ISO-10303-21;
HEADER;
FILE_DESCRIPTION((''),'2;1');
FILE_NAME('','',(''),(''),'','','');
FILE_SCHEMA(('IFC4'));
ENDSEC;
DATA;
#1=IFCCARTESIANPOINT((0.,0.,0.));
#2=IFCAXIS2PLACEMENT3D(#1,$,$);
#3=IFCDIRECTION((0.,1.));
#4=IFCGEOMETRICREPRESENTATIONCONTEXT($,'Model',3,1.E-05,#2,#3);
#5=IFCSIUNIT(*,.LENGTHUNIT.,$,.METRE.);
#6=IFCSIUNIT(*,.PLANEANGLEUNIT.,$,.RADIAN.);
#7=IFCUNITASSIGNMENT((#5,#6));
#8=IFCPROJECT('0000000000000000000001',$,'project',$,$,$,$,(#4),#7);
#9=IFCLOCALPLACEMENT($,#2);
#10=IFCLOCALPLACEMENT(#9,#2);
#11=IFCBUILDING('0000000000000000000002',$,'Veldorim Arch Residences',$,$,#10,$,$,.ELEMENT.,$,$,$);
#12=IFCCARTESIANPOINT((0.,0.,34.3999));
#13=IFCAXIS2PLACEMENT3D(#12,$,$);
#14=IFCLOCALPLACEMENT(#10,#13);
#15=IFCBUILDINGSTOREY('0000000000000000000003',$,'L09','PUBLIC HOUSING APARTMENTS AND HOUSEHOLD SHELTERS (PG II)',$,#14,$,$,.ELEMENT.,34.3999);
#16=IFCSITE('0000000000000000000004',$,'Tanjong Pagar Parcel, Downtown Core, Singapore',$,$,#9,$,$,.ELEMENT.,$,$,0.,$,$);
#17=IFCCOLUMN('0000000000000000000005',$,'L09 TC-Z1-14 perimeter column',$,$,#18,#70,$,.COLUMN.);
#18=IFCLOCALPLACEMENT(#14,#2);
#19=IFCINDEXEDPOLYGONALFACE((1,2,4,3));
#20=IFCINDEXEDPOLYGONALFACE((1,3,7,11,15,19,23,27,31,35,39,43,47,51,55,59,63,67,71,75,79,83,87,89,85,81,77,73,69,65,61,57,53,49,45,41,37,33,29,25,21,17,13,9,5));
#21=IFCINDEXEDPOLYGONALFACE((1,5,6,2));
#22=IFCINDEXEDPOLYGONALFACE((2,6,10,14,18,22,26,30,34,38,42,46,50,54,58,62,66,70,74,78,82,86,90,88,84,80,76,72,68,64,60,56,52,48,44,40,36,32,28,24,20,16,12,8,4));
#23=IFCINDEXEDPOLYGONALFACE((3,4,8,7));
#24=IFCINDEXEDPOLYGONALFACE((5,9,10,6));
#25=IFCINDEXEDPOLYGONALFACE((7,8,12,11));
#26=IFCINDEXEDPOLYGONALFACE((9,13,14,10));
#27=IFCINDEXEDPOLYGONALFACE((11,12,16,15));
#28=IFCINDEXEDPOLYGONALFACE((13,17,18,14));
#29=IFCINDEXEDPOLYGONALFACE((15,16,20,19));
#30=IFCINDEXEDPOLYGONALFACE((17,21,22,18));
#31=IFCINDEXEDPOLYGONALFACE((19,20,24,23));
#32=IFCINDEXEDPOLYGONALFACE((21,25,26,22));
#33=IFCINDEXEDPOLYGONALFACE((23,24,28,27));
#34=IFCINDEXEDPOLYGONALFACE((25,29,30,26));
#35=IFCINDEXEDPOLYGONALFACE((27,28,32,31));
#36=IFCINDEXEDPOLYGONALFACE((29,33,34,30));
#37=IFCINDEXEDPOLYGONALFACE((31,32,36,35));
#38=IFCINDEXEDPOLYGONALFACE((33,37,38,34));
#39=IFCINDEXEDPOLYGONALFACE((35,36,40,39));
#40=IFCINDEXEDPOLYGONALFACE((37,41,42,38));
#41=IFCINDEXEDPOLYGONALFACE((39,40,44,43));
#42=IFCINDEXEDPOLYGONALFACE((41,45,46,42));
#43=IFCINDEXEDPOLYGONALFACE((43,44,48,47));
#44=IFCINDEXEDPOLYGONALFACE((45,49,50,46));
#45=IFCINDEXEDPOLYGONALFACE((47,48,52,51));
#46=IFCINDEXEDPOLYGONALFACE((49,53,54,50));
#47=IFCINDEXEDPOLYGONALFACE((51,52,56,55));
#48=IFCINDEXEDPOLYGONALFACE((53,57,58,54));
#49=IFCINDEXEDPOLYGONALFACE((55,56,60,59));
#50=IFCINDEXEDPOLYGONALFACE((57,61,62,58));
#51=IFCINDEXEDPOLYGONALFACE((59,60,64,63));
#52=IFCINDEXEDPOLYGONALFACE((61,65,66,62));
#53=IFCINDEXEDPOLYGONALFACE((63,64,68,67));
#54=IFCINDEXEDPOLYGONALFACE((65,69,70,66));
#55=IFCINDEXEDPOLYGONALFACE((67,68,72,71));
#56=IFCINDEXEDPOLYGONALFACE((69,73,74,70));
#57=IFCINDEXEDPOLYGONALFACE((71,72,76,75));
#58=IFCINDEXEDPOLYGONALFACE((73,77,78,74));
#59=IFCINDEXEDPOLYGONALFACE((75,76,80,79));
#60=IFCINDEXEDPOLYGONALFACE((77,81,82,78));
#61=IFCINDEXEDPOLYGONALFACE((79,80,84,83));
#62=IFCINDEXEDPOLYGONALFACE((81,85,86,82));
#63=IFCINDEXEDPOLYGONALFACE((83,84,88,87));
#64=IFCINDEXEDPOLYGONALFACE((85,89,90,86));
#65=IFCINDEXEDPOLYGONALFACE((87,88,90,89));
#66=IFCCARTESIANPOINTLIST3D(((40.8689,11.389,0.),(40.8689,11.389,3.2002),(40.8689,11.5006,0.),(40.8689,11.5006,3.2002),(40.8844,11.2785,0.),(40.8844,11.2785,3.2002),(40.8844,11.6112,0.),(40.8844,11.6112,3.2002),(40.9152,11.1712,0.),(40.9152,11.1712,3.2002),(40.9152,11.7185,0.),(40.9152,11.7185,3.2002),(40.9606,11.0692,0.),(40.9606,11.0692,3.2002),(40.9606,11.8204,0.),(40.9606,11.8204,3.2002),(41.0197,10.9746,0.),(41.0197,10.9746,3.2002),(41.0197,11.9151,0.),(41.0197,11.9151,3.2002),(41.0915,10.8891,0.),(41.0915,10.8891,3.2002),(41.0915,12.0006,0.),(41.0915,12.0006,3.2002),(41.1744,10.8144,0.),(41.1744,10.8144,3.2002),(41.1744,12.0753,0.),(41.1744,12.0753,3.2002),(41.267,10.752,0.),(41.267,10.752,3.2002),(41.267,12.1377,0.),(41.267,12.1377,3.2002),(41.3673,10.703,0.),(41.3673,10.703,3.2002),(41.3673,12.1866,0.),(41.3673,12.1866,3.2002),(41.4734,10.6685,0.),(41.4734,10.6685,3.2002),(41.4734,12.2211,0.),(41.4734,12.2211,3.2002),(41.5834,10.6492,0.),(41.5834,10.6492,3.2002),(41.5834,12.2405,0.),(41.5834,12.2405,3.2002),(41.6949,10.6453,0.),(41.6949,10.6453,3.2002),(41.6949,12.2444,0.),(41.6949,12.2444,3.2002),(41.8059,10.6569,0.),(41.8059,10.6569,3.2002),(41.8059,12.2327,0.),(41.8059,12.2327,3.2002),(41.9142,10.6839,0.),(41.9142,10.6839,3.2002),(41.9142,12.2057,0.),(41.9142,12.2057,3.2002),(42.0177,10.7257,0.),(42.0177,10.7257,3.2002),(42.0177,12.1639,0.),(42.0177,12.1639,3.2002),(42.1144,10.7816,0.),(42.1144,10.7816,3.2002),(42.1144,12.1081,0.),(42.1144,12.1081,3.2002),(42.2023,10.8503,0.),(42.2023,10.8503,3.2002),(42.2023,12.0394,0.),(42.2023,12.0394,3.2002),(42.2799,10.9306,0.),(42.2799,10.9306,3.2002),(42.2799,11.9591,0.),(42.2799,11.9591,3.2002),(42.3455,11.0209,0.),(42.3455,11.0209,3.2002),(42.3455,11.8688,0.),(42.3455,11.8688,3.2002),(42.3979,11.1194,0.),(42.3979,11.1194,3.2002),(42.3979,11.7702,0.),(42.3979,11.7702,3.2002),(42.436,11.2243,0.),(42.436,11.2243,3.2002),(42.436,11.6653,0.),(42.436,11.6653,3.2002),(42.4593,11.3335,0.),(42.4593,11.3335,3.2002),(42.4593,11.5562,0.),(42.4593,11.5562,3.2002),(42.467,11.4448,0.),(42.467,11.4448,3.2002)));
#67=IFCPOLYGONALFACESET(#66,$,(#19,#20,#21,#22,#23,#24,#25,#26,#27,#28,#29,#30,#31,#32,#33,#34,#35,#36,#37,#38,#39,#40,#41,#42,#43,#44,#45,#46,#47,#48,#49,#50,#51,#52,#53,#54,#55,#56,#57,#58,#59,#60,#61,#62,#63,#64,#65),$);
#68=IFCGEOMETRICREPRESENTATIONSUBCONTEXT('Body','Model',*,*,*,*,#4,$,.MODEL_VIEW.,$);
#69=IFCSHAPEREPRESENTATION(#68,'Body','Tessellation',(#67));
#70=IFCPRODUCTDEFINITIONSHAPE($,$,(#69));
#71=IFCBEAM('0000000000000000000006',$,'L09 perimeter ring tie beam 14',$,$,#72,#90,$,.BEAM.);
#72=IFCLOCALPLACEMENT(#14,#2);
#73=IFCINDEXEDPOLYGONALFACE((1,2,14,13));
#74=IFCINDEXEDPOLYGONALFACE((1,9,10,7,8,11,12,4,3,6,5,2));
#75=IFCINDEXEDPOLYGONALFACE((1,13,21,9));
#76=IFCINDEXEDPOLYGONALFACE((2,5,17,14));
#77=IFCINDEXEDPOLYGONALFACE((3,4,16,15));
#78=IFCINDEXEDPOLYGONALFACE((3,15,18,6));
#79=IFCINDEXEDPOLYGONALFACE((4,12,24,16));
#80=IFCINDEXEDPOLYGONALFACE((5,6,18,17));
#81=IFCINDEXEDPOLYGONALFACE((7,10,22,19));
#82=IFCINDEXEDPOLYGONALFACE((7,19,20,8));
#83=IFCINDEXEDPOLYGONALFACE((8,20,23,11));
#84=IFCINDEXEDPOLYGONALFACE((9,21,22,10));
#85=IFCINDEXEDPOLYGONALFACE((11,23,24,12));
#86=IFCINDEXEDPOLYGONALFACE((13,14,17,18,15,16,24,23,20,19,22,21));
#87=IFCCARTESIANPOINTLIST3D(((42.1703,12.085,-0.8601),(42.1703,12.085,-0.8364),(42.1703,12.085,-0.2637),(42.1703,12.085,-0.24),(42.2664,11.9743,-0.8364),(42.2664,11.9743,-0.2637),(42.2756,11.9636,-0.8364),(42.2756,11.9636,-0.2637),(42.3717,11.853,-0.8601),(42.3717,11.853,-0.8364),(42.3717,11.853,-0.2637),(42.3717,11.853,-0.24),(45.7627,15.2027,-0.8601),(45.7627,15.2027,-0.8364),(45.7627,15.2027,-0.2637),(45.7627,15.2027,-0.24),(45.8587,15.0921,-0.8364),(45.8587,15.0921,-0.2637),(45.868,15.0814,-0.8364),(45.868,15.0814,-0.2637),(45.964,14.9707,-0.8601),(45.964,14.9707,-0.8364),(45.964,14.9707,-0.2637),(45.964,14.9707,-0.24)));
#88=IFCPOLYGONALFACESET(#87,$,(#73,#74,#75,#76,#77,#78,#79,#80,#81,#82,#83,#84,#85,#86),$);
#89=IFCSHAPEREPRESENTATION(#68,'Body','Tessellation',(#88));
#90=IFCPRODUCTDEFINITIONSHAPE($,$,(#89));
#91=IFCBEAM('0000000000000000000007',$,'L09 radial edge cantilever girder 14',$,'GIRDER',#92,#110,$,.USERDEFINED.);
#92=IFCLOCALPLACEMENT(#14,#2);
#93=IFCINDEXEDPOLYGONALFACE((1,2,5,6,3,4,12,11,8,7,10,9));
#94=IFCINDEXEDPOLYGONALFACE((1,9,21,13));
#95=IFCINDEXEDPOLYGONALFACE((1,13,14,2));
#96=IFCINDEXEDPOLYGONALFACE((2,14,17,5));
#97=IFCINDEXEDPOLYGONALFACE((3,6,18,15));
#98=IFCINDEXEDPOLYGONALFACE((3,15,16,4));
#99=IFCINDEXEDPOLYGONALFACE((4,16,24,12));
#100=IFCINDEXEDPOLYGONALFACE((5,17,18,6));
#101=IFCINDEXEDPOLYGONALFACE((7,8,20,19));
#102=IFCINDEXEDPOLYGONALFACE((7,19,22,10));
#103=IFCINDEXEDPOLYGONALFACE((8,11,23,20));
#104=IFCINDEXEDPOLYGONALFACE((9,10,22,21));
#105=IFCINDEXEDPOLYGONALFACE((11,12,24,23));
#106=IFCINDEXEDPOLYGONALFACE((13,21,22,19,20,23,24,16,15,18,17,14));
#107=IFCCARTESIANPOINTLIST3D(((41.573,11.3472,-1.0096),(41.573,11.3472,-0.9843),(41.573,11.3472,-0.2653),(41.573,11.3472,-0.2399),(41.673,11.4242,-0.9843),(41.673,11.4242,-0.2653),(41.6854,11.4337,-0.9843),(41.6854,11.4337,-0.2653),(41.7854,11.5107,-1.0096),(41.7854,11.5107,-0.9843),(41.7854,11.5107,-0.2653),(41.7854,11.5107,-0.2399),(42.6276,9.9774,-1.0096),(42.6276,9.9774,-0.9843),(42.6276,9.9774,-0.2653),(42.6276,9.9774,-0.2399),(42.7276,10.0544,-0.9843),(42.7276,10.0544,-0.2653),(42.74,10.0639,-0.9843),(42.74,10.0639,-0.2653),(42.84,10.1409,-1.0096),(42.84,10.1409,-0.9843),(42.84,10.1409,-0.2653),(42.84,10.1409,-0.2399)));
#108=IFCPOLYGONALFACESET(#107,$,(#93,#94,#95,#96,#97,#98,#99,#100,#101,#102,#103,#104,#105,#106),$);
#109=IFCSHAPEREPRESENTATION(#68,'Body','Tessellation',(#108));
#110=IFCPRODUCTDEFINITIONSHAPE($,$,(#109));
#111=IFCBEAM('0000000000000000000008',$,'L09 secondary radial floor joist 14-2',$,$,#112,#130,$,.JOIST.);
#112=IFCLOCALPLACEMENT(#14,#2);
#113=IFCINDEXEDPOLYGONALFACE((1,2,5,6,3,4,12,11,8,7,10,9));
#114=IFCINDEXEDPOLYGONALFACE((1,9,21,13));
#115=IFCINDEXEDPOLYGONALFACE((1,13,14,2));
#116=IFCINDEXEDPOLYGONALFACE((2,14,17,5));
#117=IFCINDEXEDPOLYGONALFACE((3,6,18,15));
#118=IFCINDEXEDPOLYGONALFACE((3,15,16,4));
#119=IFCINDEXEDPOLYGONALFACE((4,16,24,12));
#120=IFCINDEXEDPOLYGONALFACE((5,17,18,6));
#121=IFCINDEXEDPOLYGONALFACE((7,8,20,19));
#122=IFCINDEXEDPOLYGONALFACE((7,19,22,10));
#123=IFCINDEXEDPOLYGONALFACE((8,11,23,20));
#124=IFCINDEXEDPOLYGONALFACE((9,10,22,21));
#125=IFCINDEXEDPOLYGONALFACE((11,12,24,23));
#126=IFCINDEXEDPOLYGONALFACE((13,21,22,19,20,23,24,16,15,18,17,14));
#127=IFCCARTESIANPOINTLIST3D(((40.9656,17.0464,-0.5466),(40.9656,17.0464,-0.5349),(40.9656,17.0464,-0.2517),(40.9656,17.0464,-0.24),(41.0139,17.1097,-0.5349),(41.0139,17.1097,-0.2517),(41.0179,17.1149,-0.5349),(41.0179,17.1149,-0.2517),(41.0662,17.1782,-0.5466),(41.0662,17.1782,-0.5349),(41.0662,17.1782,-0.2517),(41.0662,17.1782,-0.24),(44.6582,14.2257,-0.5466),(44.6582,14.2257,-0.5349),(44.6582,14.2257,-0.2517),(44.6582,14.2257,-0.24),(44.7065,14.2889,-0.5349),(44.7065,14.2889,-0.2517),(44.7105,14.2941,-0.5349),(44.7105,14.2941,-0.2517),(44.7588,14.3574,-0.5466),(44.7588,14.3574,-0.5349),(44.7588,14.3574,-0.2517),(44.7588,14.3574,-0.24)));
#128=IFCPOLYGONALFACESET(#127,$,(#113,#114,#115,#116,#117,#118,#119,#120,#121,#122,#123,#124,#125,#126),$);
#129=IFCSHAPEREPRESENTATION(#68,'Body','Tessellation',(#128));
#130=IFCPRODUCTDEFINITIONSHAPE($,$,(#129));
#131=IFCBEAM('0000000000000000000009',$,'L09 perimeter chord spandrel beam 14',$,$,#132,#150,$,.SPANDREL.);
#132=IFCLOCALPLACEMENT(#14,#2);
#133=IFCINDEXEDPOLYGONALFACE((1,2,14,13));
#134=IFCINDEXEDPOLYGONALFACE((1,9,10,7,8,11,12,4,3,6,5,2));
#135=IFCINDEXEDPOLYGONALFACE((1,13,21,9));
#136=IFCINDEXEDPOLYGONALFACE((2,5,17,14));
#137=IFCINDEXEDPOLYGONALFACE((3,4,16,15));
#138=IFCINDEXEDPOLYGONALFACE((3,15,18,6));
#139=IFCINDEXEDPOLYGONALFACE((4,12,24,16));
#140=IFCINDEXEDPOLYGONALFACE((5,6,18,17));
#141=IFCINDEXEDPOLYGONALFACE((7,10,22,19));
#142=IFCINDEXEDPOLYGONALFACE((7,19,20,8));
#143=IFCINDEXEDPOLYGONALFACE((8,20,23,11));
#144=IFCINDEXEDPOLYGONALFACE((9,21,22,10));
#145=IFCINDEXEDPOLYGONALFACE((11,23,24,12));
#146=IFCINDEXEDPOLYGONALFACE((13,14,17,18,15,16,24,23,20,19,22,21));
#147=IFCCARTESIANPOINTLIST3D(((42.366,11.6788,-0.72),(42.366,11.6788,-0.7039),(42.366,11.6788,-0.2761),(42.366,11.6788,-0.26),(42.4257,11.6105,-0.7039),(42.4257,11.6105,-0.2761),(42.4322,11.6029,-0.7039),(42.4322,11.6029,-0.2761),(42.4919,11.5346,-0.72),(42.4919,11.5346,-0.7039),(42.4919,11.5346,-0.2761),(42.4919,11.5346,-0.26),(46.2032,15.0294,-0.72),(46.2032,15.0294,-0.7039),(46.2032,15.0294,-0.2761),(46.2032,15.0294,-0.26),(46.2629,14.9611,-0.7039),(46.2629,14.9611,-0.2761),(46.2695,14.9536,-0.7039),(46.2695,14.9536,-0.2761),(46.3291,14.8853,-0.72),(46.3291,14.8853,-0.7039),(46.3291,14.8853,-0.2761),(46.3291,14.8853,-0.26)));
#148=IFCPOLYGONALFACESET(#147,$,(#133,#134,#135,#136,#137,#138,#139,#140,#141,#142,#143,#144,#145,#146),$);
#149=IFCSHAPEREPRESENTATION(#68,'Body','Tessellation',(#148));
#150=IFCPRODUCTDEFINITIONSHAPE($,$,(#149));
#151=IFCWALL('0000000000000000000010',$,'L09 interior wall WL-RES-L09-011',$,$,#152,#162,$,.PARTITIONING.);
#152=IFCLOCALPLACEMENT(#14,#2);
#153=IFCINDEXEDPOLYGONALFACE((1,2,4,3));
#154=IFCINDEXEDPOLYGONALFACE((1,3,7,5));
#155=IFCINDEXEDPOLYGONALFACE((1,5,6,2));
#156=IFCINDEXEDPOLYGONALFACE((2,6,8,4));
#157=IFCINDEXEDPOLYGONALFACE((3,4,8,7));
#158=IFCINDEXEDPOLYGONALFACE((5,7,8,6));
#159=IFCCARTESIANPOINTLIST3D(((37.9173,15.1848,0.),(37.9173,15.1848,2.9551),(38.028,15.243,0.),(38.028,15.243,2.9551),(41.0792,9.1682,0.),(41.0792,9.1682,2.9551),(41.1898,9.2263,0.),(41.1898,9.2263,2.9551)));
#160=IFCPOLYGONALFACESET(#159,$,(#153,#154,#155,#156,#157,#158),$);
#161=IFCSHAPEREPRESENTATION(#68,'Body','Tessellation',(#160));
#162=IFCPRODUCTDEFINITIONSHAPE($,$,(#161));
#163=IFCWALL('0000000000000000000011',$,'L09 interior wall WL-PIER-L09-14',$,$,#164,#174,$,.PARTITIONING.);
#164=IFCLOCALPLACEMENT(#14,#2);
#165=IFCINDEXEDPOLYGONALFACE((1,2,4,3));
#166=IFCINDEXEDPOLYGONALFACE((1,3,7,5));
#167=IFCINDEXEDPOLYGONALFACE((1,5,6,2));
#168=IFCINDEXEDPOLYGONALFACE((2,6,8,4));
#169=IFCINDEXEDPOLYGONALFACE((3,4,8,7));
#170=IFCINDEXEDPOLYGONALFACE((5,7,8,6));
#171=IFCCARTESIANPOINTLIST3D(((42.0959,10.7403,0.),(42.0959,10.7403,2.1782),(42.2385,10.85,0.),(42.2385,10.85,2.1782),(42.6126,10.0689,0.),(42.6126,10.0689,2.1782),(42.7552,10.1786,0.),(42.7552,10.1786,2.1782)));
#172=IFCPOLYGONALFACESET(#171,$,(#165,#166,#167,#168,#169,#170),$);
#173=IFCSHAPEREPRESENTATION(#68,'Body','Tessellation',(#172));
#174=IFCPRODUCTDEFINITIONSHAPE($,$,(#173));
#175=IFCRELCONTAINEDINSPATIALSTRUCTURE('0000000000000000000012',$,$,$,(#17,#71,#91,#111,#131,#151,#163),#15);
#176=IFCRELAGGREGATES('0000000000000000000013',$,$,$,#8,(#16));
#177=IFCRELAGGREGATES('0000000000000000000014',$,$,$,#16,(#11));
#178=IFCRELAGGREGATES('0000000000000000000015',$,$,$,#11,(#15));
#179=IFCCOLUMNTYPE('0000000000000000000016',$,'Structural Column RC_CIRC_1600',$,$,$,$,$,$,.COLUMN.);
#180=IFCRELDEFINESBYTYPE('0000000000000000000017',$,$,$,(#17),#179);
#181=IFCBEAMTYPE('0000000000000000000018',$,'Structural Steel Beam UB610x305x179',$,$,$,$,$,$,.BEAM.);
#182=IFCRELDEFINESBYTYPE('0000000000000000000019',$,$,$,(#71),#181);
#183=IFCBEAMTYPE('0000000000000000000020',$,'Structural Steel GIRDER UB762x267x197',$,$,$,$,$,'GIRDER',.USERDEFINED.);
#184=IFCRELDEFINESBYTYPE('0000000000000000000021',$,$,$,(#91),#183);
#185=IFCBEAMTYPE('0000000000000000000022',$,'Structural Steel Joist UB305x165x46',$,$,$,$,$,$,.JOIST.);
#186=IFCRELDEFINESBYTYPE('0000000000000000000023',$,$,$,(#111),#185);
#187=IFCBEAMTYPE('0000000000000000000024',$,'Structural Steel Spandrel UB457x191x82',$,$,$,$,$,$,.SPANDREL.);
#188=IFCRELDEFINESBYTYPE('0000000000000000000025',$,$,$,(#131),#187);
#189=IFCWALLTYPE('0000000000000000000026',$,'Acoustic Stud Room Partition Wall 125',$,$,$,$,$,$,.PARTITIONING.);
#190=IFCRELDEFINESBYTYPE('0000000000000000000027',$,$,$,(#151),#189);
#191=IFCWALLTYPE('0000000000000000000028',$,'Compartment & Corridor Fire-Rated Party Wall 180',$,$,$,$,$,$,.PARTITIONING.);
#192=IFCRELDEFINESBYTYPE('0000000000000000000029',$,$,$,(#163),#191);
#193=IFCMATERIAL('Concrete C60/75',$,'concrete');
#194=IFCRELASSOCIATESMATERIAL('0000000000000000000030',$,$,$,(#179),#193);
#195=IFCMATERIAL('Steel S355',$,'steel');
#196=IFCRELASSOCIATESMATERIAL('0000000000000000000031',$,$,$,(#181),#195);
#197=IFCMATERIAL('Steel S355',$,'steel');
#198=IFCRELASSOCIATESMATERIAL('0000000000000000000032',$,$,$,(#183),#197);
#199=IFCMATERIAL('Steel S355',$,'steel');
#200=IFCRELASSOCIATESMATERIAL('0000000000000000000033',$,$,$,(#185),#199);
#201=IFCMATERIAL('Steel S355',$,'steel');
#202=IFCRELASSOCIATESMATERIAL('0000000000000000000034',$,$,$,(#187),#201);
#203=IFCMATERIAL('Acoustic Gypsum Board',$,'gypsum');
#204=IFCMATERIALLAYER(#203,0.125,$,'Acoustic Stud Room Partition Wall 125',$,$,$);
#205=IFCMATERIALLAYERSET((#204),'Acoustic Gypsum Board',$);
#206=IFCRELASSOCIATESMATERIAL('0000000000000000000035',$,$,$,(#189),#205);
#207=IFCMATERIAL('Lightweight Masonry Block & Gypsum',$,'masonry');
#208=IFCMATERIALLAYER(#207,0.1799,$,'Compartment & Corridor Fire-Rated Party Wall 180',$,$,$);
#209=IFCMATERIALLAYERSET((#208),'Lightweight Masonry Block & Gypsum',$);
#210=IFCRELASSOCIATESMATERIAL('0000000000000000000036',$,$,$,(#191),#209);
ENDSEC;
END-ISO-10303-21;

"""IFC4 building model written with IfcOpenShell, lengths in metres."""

from ifc_helpers import new_model, si_unit, direction, frame, frame_2d, origin, origin_2d, place, context, subcontext, project, spatial, rectangle, circle, i_section, extrude, material, layer, layer_set, material_profile, profile_set, type_object, element, save


model = new_model("IFC4")

# Units and contexts
model_context = context("Model", 3, precision=1e-05, world=origin(), true_north=direction((0.0, 1.0)))
body_context = subcontext(model_context, "Body", "Model", "MODEL_VIEW")
ifc_project = project(units=[si_unit("LENGTHUNIT", "METRE"), si_unit("PLANEANGLEUNIT", "RADIAN")], contexts=[model_context])

# Site, building, storey
site_placement = place(None, origin())
site = spatial("IfcSite", under=ifc_project, at=site_placement, Name="Tanjong Pagar Parcel, Downtown Core, Singapore", CompositionType="ELEMENT", RefElevation=0.0)
building_placement = place(site_placement, origin())
building = spatial("IfcBuilding", under=site, at=building_placement, Name="Veldorim Arch Residences", CompositionType="ELEMENT")
storey_placement = place(building_placement, frame((0.0, 0.0, 34.3999)))
storey = spatial("IfcBuildingStorey", under=building, at=storey_placement, Name="L09", Description="PUBLIC HOUSING APARTMENTS AND HOUSEHOLD SHELTERS (PG II)", CompositionType="ELEMENT", Elevation=34.3999)

# Column
ifc_material_1 = material(Name="Concrete C60/75", Category="concrete")
ifc_material_profile_1 = material_profile(ifc_material_1, circle(Radius=0.8, at=origin_2d()), Name="RC_CIRC_1600")
ifc_profile_set_1 = profile_set([ifc_material_profile_1], Name="Concrete C60/75")
column_type = type_object("IfcColumnType", Name="Structural Column RC_CIRC_1600", PredefinedType="COLUMN", material=ifc_profile_set_1)
column_placement = place(storey_placement, frame((41.667, 11.4448, 0.0), z_axis=(0.0, 0.0, 1.0), x_axis=(1.0, 0.0, 0.0)))
element("IfcColumn", 1, at=column_placement, inside=storey, type_object=column_type, Name="L09 TC-Z1-14 perimeter column", PredefinedType="COLUMN", context=body_context, shape_type="SweptSolid", body=[
    extrude(circle(Radius=0.8, at=origin_2d()), origin(), (0.0, 0.0, 1.0), 3.2002),
])

# Beams
ifc_material_2 = material(Name="Steel S355", Category="steel")
ifc_material_profile_2 = material_profile(ifc_material_2, i_section(OverallWidth=0.3071, OverallDepth=0.6201, WebThickness=0.0142, FlangeThickness=0.0237, at=origin_2d()), Name="UB610x305x179")
ifc_profile_set_2 = profile_set([ifc_material_profile_2], Name="Steel S355")
beam_type_1 = type_object("IfcBeamType", Name="Structural Steel Beam UB610x305x179", PredefinedType="BEAM", material=ifc_profile_set_2)
beam_1_placement = place(storey_placement, frame((42.271, 11.969, -0.55), z_axis=(0.755235, 0.655454, 0.0), x_axis=(-0.655454, 0.755235, 0.0)))
element("IfcBeam", 2, at=beam_1_placement, inside=storey, type_object=beam_type_1, Name="L09 perimeter ring tie beam 14", PredefinedType="BEAM", context=body_context, shape_type="SweptSolid", body=[
    extrude(i_section(OverallWidth=0.3071, OverallDepth=0.6201, WebThickness=0.0142, FlangeThickness=0.0237, at=origin_2d()), origin(), (0.0, 0.0, 1.0), 4.7566),
])
ifc_material_3 = material(Name="Steel S355", Category="steel")
ifc_material_profile_3 = material_profile(ifc_material_3, i_section(OverallWidth=0.2681, OverallDepth=0.7698, WebThickness=0.0156, FlangeThickness=0.0254, at=origin_2d()), Name="UB762x267x197")
ifc_profile_set_3 = profile_set([ifc_material_profile_3], Name="Steel S355")
beam_type_2 = type_object("IfcBeamType", Name="Structural Steel GIRDER UB762x267x197", ElementType="GIRDER", PredefinedType="USERDEFINED", material=ifc_profile_set_3)
beam_2_placement = place(storey_placement, frame((41.6792, 11.429, -0.6248), z_axis=(0.610052, -0.792361, 0.0), x_axis=(0.792361, 0.610052, 0.0)))
element("IfcBeam", 3, at=beam_2_placement, inside=storey, type_object=beam_type_2, Name="L09 radial edge cantilever girder 14", ObjectType="GIRDER", PredefinedType="USERDEFINED", context=body_context, shape_type="SweptSolid", body=[
    extrude(i_section(OverallWidth=0.2681, OverallDepth=0.7698, WebThickness=0.0156, FlangeThickness=0.0254, at=origin_2d()), origin(), (0.0, 0.0, 1.0), 1.7288),
])
ifc_material_4 = material(Name="Steel S355", Category="steel")
ifc_material_profile_4 = material_profile(ifc_material_4, i_section(OverallWidth=0.1658, OverallDepth=0.3066, WebThickness=0.0066, FlangeThickness=0.0117, at=origin_2d()), Name="UB305x165x46")
ifc_profile_set_4 = profile_set([ifc_material_profile_4], Name="Steel S355")
beam_type_3 = type_object("IfcBeamType", Name="Structural Steel Joist UB305x165x46", PredefinedType="JOIST", material=ifc_profile_set_4)
beam_3_placement = place(storey_placement, frame((41.0159, 17.1123, -0.3933), z_axis=(0.794666, -0.607046, 0.0), x_axis=(0.607046, 0.794666, 0.0)))
element("IfcBeam", 4, at=beam_3_placement, inside=storey, type_object=beam_type_3, Name="L09 secondary radial floor joist 14-2", PredefinedType="JOIST", context=body_context, shape_type="SweptSolid", body=[
    extrude(i_section(OverallWidth=0.1658, OverallDepth=0.3066, WebThickness=0.0066, FlangeThickness=0.0117, at=origin_2d()), origin(), (0.0, 0.0, 1.0), 4.6467),
])
ifc_material_5 = material(Name="Steel S355", Category="steel")
ifc_material_profile_5 = material_profile(ifc_material_5, i_section(OverallWidth=0.1914, OverallDepth=0.46, WebThickness=0.01, FlangeThickness=0.0161, at=origin_2d()), Name="UB457x191x82")
ifc_profile_set_5 = profile_set([ifc_material_profile_5], Name="Steel S355")
beam_type_4 = type_object("IfcBeamType", Name="Structural Steel Spandrel UB457x191x82", PredefinedType="SPANDREL", material=ifc_profile_set_5)
beam_4_placement = place(storey_placement, frame((42.429, 11.6067, -0.49), z_axis=(0.75325, 0.657734, 0.0), x_axis=(-0.657734, 0.75325, 0.0)))
element("IfcBeam", 5, at=beam_4_placement, inside=storey, type_object=beam_type_4, Name="L09 perimeter chord spandrel beam 14", PredefinedType="SPANDREL", context=body_context, shape_type="SweptSolid", body=[
    extrude(i_section(OverallWidth=0.1914, OverallDepth=0.46, WebThickness=0.01, FlangeThickness=0.0161, at=origin_2d()), origin(), (0.0, 0.0, 1.0), 5.0942),
])

# Walls
ifc_material_6 = material(Name="Acoustic Gypsum Board", Category="gypsum")
ifc_layer_1 = layer(ifc_material_6, 0.125, Name="Acoustic Stud Room Partition Wall 125")
ifc_layer_set_1 = layer_set([ifc_layer_1], Name="Acoustic Gypsum Board")
wall_type_1 = type_object("IfcWallType", Name="Acoustic Stud Room Partition Wall 125", PredefinedType="PARTITIONING", material=ifc_layer_set_1)
wall_1_placement = place(storey_placement, frame((41.1345, 9.1973, 0.0), z_axis=(0.0, 0.0, 1.0), x_axis=(-0.465197, 0.885207, 0.0)))
element("IfcWall", 6, at=wall_1_placement, inside=storey, type_object=wall_type_1, Name="L09 interior wall WL-RES-L09-011", PredefinedType="PARTITIONING", context=body_context, shape_type="SweptSolid", body=[
    extrude(rectangle(XDim=6.7969, YDim=0.125, at=frame_2d((3.3984, 0.0))), origin(), (0.0, 0.0, 1.0), 2.9551),
])
ifc_material_7 = material(Name="Lightweight Masonry Block & Gypsum", Category="masonry")
ifc_layer_2 = layer(ifc_material_7, 0.1799, Name="Compartment & Corridor Fire-Rated Party Wall 180")
ifc_layer_set_2 = layer_set([ifc_layer_2], Name="Lightweight Masonry Block & Gypsum")
wall_type_2 = type_object("IfcWallType", Name="Compartment & Corridor Fire-Rated Party Wall 180", PredefinedType="PARTITIONING", material=ifc_layer_set_2)
wall_2_placement = place(storey_placement, frame((42.1672, 10.7952, 0.0), z_axis=(0.0, 0.0, 1.0), x_axis=(0.609822, -0.792538, 0.0)))
element("IfcWall", 7, at=wall_2_placement, inside=storey, type_object=wall_type_2, Name="L09 interior wall WL-PIER-L09-14", PredefinedType="PARTITIONING", context=body_context, shape_type="SweptSolid", body=[
    extrude(rectangle(XDim=0.8472, YDim=0.1799, at=frame_2d((0.4236, 0.0))), origin(), (0.0, 0.0, 1.0), 2.1782),
])

save(model, "model.ifc")
